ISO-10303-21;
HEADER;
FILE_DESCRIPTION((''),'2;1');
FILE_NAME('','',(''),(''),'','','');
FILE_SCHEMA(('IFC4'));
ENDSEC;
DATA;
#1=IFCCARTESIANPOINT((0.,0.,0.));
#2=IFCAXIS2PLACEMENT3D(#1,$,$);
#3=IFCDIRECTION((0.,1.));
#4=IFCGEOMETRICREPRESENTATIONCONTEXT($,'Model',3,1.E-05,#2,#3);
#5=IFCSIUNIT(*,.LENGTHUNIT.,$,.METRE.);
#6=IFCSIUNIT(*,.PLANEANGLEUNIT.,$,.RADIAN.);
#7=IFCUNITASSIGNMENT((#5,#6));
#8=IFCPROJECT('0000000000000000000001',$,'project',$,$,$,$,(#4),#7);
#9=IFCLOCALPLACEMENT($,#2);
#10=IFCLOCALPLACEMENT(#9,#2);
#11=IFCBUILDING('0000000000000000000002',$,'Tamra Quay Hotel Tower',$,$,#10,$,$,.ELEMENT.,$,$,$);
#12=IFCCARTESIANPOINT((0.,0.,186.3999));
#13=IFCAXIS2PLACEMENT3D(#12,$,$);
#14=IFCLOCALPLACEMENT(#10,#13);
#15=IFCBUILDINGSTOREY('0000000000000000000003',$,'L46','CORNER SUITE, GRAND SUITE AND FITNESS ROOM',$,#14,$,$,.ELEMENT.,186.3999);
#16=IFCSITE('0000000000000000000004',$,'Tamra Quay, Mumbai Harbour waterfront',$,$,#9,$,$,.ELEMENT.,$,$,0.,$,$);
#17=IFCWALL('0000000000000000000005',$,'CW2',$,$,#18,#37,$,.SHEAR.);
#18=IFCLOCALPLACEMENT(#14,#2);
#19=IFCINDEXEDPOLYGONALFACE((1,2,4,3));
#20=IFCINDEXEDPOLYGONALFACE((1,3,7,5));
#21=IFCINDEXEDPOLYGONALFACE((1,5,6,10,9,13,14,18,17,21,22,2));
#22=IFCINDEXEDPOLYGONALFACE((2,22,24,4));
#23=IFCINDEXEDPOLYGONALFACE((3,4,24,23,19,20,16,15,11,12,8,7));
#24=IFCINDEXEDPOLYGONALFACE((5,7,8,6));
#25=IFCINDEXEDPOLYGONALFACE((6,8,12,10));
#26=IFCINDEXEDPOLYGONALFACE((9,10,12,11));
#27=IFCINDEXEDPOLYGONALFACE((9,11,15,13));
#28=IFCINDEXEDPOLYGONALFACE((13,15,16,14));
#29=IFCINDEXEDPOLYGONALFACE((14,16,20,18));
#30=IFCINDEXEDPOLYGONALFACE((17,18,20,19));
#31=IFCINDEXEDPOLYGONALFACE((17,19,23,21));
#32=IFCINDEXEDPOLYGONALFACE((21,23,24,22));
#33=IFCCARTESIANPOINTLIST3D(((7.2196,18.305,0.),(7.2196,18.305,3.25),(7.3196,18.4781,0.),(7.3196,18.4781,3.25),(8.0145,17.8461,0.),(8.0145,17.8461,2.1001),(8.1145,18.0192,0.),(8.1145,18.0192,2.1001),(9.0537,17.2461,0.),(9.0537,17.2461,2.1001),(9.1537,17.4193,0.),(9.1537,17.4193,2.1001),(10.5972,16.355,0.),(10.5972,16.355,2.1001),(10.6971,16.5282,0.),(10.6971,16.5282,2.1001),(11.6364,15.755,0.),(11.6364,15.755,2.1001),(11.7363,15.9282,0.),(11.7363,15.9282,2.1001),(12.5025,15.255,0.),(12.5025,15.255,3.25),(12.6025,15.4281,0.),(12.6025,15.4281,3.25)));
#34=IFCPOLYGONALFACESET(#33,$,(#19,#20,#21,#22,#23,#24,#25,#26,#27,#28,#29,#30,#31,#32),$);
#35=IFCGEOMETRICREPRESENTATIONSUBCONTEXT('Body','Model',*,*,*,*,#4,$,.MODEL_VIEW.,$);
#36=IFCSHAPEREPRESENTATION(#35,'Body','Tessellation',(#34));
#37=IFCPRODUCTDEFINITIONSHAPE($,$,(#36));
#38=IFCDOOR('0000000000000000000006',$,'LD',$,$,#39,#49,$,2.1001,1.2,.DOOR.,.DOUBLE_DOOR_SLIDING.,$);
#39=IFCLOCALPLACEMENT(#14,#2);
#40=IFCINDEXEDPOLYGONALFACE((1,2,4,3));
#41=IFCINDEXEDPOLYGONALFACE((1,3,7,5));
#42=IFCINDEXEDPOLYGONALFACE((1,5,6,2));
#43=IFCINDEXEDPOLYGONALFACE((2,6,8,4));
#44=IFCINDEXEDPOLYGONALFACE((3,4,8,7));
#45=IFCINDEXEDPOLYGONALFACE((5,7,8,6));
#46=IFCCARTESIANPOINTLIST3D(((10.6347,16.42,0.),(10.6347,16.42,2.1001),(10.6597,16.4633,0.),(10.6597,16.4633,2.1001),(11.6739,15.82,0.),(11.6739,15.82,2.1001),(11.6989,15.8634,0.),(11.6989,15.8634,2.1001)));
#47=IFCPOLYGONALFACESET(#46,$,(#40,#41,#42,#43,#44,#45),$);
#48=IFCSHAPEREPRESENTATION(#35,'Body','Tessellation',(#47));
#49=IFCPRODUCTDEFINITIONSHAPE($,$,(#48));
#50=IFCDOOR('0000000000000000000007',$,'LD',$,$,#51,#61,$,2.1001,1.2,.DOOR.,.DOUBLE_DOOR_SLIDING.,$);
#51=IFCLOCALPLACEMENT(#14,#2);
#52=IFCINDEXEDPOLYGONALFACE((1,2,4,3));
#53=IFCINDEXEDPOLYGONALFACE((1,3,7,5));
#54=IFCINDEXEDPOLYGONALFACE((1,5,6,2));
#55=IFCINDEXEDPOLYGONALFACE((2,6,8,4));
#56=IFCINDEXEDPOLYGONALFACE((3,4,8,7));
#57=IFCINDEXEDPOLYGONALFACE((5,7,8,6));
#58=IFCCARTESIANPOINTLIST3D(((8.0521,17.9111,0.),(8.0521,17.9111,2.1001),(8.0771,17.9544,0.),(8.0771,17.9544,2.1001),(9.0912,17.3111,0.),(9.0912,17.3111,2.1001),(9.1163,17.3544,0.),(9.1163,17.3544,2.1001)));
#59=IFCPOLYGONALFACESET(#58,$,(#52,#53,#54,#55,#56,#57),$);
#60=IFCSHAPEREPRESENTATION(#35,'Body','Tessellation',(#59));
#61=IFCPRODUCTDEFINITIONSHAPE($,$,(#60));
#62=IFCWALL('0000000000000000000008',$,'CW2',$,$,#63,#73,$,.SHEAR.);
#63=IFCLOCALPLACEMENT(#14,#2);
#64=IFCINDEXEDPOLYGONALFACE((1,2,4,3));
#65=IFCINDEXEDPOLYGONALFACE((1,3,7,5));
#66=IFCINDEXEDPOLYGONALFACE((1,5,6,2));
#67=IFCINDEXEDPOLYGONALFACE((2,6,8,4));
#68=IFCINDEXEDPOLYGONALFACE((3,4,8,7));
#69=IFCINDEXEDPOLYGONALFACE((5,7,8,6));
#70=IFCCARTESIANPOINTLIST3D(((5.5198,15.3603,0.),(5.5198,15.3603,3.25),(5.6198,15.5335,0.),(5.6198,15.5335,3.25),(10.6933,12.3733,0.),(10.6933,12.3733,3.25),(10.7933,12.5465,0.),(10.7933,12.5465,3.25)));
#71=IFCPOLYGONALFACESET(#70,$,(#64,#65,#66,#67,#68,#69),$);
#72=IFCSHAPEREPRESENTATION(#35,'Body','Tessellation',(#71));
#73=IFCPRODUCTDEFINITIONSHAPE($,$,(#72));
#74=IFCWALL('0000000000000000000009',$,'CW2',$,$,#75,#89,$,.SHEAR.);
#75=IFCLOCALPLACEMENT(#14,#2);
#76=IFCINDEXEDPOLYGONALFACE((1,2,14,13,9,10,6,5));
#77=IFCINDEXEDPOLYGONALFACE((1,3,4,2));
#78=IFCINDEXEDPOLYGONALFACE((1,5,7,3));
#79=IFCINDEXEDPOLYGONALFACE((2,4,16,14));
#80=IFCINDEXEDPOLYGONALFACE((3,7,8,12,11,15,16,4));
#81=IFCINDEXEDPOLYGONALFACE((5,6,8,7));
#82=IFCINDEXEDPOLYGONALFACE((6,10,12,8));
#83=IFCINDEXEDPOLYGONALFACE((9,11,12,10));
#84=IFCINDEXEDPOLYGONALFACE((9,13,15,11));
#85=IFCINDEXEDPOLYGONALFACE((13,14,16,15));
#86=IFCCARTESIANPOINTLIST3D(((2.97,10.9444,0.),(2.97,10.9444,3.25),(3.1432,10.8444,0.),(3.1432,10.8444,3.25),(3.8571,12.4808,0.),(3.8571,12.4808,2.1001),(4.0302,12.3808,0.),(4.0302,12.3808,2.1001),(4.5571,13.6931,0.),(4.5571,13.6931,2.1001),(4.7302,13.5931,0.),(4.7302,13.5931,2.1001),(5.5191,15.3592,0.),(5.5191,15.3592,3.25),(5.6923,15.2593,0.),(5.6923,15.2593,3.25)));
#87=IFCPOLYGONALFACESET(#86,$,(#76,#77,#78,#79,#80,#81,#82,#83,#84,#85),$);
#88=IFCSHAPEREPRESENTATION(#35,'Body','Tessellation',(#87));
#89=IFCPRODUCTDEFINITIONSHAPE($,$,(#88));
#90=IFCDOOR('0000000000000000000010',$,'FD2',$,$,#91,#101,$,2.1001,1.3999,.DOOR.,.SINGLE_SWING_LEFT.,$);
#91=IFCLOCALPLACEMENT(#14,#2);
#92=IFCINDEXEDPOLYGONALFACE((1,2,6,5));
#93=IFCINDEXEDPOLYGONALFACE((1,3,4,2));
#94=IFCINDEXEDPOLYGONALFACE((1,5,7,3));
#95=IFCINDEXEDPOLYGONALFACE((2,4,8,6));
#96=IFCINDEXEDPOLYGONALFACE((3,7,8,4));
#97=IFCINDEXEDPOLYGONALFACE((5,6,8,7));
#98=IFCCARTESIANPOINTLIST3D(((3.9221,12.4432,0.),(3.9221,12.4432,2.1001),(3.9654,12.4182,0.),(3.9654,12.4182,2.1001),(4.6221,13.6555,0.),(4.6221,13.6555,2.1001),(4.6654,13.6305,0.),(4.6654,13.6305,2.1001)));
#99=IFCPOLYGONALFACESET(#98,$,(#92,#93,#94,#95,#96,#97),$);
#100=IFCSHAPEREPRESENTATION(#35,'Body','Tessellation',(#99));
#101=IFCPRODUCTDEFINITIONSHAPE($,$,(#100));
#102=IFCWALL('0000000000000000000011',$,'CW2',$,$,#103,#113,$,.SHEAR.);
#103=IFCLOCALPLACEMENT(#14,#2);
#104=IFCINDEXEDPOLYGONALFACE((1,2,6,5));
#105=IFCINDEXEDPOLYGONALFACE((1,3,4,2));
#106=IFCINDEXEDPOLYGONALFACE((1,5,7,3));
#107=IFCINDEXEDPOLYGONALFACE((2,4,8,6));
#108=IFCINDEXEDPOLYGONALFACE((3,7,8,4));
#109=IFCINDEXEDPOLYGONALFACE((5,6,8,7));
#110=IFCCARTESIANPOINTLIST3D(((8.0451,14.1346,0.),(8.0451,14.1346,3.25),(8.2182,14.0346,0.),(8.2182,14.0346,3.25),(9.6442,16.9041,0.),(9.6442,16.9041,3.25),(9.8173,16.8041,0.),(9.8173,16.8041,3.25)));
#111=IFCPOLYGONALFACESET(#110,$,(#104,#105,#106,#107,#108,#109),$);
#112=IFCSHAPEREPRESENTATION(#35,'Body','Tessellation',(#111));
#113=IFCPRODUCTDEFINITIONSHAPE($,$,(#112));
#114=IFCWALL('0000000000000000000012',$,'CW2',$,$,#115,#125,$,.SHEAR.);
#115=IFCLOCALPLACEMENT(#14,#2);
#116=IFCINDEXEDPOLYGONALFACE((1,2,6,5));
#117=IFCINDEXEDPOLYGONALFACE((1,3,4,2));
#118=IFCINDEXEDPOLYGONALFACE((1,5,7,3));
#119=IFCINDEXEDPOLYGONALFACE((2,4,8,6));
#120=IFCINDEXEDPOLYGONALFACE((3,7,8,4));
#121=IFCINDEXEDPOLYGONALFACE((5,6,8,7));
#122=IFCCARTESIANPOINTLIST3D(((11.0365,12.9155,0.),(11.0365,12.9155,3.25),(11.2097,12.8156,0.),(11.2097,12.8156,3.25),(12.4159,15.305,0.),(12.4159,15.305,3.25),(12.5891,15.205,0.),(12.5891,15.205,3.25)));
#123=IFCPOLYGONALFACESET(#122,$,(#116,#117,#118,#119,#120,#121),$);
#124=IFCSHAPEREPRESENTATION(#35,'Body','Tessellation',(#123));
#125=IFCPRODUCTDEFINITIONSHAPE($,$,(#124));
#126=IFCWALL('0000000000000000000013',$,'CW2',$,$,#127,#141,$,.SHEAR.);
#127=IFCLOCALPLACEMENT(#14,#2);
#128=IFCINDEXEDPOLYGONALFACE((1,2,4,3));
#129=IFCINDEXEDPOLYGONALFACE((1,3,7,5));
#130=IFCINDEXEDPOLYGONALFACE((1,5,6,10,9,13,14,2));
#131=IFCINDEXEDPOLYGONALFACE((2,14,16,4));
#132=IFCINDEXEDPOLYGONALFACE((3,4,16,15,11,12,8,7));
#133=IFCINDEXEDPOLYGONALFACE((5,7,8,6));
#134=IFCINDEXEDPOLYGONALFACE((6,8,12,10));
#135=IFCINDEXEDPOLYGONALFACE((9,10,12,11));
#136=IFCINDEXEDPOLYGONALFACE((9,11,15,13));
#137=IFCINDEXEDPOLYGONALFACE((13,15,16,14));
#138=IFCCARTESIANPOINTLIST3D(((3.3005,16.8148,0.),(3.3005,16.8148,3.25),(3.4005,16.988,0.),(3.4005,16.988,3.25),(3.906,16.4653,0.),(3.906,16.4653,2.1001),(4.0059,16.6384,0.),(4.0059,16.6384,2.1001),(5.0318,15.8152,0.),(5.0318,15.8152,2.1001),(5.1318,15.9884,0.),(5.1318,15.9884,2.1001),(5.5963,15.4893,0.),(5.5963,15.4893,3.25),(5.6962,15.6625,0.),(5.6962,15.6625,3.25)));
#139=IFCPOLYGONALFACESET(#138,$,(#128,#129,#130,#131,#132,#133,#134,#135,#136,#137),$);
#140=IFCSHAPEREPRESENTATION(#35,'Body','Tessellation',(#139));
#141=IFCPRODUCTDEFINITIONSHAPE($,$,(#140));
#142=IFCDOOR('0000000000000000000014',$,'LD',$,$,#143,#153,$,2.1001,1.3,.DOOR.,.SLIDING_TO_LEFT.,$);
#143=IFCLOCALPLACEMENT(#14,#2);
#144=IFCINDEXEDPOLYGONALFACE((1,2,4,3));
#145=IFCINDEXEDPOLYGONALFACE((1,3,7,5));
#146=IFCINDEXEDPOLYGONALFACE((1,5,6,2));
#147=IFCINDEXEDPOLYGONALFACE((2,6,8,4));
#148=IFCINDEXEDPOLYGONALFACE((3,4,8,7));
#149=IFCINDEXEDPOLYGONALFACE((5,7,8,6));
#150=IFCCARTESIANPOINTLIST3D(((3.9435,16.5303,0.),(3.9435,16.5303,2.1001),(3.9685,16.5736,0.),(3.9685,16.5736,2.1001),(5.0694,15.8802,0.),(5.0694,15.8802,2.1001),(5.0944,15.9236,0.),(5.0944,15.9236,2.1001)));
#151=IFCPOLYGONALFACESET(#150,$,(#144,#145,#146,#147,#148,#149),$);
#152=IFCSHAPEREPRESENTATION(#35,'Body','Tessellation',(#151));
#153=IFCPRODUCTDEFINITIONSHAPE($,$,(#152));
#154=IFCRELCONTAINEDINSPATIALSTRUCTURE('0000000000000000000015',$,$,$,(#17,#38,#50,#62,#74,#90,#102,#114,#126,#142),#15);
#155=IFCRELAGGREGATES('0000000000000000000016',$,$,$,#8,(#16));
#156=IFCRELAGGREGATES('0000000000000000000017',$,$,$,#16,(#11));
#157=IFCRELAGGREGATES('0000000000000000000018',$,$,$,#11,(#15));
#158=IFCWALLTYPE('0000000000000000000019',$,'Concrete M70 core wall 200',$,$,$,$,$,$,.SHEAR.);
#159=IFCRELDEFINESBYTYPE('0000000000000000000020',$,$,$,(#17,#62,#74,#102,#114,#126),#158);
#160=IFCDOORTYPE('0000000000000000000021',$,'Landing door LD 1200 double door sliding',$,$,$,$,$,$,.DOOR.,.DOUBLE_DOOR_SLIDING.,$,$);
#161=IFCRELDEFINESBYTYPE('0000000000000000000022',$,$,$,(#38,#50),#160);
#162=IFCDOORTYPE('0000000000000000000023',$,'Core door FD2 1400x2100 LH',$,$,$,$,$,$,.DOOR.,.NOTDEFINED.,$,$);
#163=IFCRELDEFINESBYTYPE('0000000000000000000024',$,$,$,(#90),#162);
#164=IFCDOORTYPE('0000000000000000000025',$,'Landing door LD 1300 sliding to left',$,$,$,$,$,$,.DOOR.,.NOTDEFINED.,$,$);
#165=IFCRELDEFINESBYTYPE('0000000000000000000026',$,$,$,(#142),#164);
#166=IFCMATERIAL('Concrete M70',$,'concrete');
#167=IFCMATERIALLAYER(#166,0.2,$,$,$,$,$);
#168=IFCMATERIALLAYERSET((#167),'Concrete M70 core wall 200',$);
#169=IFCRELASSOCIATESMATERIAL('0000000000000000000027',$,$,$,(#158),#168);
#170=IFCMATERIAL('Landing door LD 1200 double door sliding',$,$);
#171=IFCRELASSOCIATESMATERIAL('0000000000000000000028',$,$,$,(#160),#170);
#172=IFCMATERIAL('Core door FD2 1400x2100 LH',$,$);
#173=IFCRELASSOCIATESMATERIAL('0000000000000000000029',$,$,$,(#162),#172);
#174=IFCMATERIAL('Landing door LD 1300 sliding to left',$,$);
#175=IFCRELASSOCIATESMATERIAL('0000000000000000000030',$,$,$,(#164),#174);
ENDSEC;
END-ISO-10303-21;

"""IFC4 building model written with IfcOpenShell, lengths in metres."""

from ifc_helpers import new_model, si_unit, direction, frame, frame_2d, origin, place, context, subcontext, project, spatial, rectangle, extrude, material, layer, layer_set, type_object, element, fill, save


model = new_model("IFC4")

# Units and contexts
model_context = context("Model", 3, precision=1e-05, world=origin(), true_north=direction((0.0, 1.0)))
body_context = subcontext(model_context, "Body", "Model", "MODEL_VIEW")
ifc_project = project(units=[si_unit("LENGTHUNIT", "METRE"), si_unit("PLANEANGLEUNIT", "RADIAN")], contexts=[model_context])

# Site, building, storey
site_placement = place(None, origin())
site = spatial("IfcSite", under=ifc_project, at=site_placement, Name="Tamra Quay, Mumbai Harbour waterfront", CompositionType="ELEMENT", RefElevation=0.0)
building_placement = place(site_placement, origin())
building = spatial("IfcBuilding", under=site, at=building_placement, Name="Tamra Quay Hotel Tower", CompositionType="ELEMENT")
storey_placement = place(building_placement, frame((0.0, 0.0, 186.3999)))
storey = spatial("IfcBuildingStorey", under=building, at=storey_placement, Name="L46", Description="CORNER SUITE, GRAND SUITE AND FITNESS ROOM", CompositionType="ELEMENT", Elevation=186.3999)

# Wall, openings, doors
ifc_material_1 = material(Name="Concrete M70", Category="concrete")
ifc_layer_1 = layer(ifc_material_1, 0.2)
ifc_layer_set_1 = layer_set([ifc_layer_1], Name="Concrete M70 core wall 200")
wall_type_1 = type_object("IfcWallType", Name="Concrete M70 core wall 200", PredefinedType="SHEAR", material=ifc_layer_set_1)
wall_1_placement = place(storey_placement, frame((12.5525, 15.3416, 0.0), z_axis=(0.0, 0.0, 1.0), x_axis=(-0.86603, 0.499992, 0.0)))
wall_1 = element("IfcWall", 1, at=wall_1_placement, inside=storey, type_object=wall_type_1, Name="CW2", PredefinedType="SHEAR", context=body_context, shape_type="SweptSolid", body=[
    extrude(rectangle(XDim=6.1001, YDim=0.2, at=frame_2d((3.05, 0.0))), origin(), (0.0, 0.0, 1.0), 3.25),
])
opening_1_placement = place(wall_1_placement, frame((1.0, 0.0, 0.0)))
opening_1 = element("IfcOpeningElement", 2, at=opening_1_placement, cuts=wall_1, PredefinedType="OPENING", context=body_context, shape_type="SweptSolid", body=[
    extrude(rectangle(XDim=1.2, YDim=2.1001, at=frame_2d((0.6001, 1.05))), frame((0.0, 0.1099, 0.0), z_axis=(0.0, -1.0, 0.0), x_axis=(1.0, 0.0, 0.0)), (0.0, 0.0, 1.0), 0.22),
])
opening_2_placement = place(wall_1_placement, frame((3.9822, 0.0, 0.0)))
opening_2 = element("IfcOpeningElement", 3, at=opening_2_placement, cuts=wall_1, PredefinedType="OPENING", context=body_context, shape_type="SweptSolid", body=[
    extrude(rectangle(XDim=1.2, YDim=2.1001, at=frame_2d((0.6001, 1.05))), frame((0.0, 0.1099, 0.0), z_axis=(0.0, -1.0, 0.0), x_axis=(1.0, 0.0, 0.0)), (0.0, 0.0, 1.0), 0.22),
])
ifc_material_2 = material(Name="Landing door LD 1200 double door sliding")
door_type_1 = type_object("IfcDoorType", Name="Landing door LD 1200 double door sliding", OperationType="DOUBLE_DOOR_SLIDING", PredefinedType="DOOR", material=ifc_material_2)
door_1_placement = place(opening_1_placement, origin())
door_1 = element("IfcDoor", 4, at=door_1_placement, inside=storey, type_object=door_type_1, Name="LD", OperationType="DOUBLE_DOOR_SLIDING", OverallHeight=2.1001, OverallWidth=1.2, PredefinedType="DOOR", context=body_context, shape_type="SweptSolid", body=[
    extrude(rectangle(XDim=1.2, YDim=2.1001, at=frame_2d((0.6001, 1.05))), frame((0.0, 0.0249, 0.0), z_axis=(0.0, -1.0, 0.0), x_axis=(1.0, 0.0, 0.0)), (0.0, 0.0, 1.0), 0.05),
])
fill(opening_1, door_1)
door_2_placement = place(opening_2_placement, origin())
door_2 = element("IfcDoor", 5, at=door_2_placement, inside=storey, type_object=door_type_1, Name="LD", OperationType="DOUBLE_DOOR_SLIDING", OverallHeight=2.1001, OverallWidth=1.2, PredefinedType="DOOR", context=body_context, shape_type="SweptSolid", body=[
    extrude(rectangle(XDim=1.2, YDim=2.1001, at=frame_2d((0.6001, 1.05))), frame((0.0, 0.0249, 0.0), z_axis=(0.0, -1.0, 0.0), x_axis=(1.0, 0.0, 0.0)), (0.0, 0.0, 1.0), 0.05),
])
fill(opening_2, door_2)

# Wall
wall_2_placement = place(storey_placement, frame((10.7432, 12.46, 0.0), z_axis=(0.0, 0.0, 1.0), x_axis=(-0.866019, 0.500011, 0.0)))
element("IfcWall", 6, at=wall_2_placement, inside=storey, type_object=wall_type_1, Name="CW2", PredefinedType="SHEAR", context=body_context, shape_type="SweptSolid", body=[
    extrude(rectangle(XDim=5.9739, YDim=0.2, at=frame_2d((2.9868, 0.0))), origin(), (0.0, 0.0, 1.0), 3.25),
])

# Wall, opening, door
wall_3_placement = place(storey_placement, frame((3.0566, 10.8945, 0.0), z_axis=(0.0, 0.0, 1.0), x_axis=(0.500028, 0.866009, 0.0)))
wall_3 = element("IfcWall", 7, at=wall_3_placement, inside=storey, type_object=wall_type_1, Name="CW2", PredefinedType="SHEAR", context=body_context, shape_type="SweptSolid", body=[
    extrude(rectangle(XDim=5.0979, YDim=0.2, at=frame_2d((2.5488, 0.0))), origin(), (0.0, 0.0, 1.0), 3.25),
])
opening_3_placement = place(wall_3_placement, frame((1.7739, 0.0, 0.0)))
opening_3 = element("IfcOpeningElement", 8, at=opening_3_placement, cuts=wall_3, PredefinedType="OPENING", context=body_context, shape_type="SweptSolid", body=[
    extrude(rectangle(XDim=1.3999, YDim=2.1001, at=frame_2d((0.7, 1.05))), frame((0.0, 0.1099, 0.0), z_axis=(0.0, -1.0, 0.0), x_axis=(1.0, 0.0, 0.0)), (0.0, 0.0, 1.0), 0.22),
])
ifc_material_3 = material(Name="Core door FD2 1400x2100 LH")
door_type_2 = type_object("IfcDoorType", Name="Core door FD2 1400x2100 LH", OperationType="NOTDEFINED", PredefinedType="DOOR", material=ifc_material_3)
door_3_placement = place(opening_3_placement, origin())
door_3 = element("IfcDoor", 9, at=door_3_placement, inside=storey, type_object=door_type_2, Name="FD2", OperationType="SINGLE_SWING_LEFT", OverallHeight=2.1001, OverallWidth=1.3999, PredefinedType="DOOR", context=body_context, shape_type="SweptSolid", body=[
    extrude(rectangle(XDim=1.3999, YDim=2.1001, at=frame_2d((0.7, 1.05))), frame((0.0, 0.0249, 0.0), z_axis=(0.0, -1.0, 0.0), x_axis=(1.0, 0.0, 0.0)), (0.0, 0.0, 1.0), 0.05),
])
fill(opening_3, door_3)

# Walls
wall_4_placement = place(storey_placement, frame((8.1316, 14.0845, 0.0), z_axis=(0.0, 0.0, 1.0), x_axis=(0.500031, 0.866008, 0.0)))
element("IfcWall", 10, at=wall_4_placement, inside=storey, type_object=wall_type_1, Name="CW2", PredefinedType="SHEAR", context=body_context, shape_type="SweptSolid", body=[
    extrude(rectangle(XDim=3.198, YDim=0.2, at=frame_2d((1.5991, 0.0))), origin(), (0.0, 0.0, 1.0), 3.25),
])
wall_5_placement = place(storey_placement, frame((12.5024, 15.2549, 0.0), z_axis=(0.0, 0.0, 1.0), x_axis=(-0.499965, -0.866046, 0.0)))
element("IfcWall", 11, at=wall_5_placement, inside=storey, type_object=wall_type_1, Name="CW2", PredefinedType="SHEAR", context=body_context, shape_type="SweptSolid", body=[
    extrude(rectangle(XDim=2.759, YDim=0.2, at=frame_2d((1.3794, 0.0))), origin(), (0.0, 0.0, 1.0), 3.25),
])

# Wall, opening, door
wall_6_placement = place(storey_placement, frame((5.6462, 15.5759, 0.0), z_axis=(0.0, 0.0, 1.0), x_axis=(-0.866018, 0.500012, 0.0)))
wall_6 = element("IfcWall", 12, at=wall_6_placement, inside=storey, type_object=wall_type_1, Name="CW2", PredefinedType="SHEAR", context=body_context, shape_type="SweptSolid", body=[
    extrude(rectangle(XDim=2.6509, YDim=0.2, at=frame_2d((1.3254, 0.0))), origin(), (0.0, 0.0, 1.0), 3.25),
])
opening_4_placement = place(wall_6_placement, frame((0.6519, 0.0, 0.0)))
opening_4 = element("IfcOpeningElement", 13, at=opening_4_placement, cuts=wall_6, PredefinedType="OPENING", context=body_context, shape_type="SweptSolid", body=[
    extrude(rectangle(XDim=1.3, YDim=2.1001, at=frame_2d((0.6499, 1.05))), frame((0.0, 0.1099, 0.0), z_axis=(0.0, -1.0, 0.0), x_axis=(1.0, 0.0, 0.0)), (0.0, 0.0, 1.0), 0.22),
])
ifc_material_4 = material(Name="Landing door LD 1300 sliding to left")
door_type_3 = type_object("IfcDoorType", Name="Landing door LD 1300 sliding to left", OperationType="NOTDEFINED", PredefinedType="DOOR", material=ifc_material_4)
door_4_placement = place(opening_4_placement, origin())
door_4 = element("IfcDoor", 14, at=door_4_placement, inside=storey, type_object=door_type_3, Name="LD", OperationType="SLIDING_TO_LEFT", OverallHeight=2.1001, OverallWidth=1.3, PredefinedType="DOOR", context=body_context, shape_type="SweptSolid", body=[
    extrude(rectangle(XDim=1.3, YDim=2.1001, at=frame_2d((0.6499, 1.05))), frame((0.0, 0.0249, 0.0), z_axis=(0.0, -1.0, 0.0), x_axis=(1.0, 0.0, 0.0)), (0.0, 0.0, 1.0), 0.05),
])
fill(opening_4, door_4)

save(model, "model.ifc")
